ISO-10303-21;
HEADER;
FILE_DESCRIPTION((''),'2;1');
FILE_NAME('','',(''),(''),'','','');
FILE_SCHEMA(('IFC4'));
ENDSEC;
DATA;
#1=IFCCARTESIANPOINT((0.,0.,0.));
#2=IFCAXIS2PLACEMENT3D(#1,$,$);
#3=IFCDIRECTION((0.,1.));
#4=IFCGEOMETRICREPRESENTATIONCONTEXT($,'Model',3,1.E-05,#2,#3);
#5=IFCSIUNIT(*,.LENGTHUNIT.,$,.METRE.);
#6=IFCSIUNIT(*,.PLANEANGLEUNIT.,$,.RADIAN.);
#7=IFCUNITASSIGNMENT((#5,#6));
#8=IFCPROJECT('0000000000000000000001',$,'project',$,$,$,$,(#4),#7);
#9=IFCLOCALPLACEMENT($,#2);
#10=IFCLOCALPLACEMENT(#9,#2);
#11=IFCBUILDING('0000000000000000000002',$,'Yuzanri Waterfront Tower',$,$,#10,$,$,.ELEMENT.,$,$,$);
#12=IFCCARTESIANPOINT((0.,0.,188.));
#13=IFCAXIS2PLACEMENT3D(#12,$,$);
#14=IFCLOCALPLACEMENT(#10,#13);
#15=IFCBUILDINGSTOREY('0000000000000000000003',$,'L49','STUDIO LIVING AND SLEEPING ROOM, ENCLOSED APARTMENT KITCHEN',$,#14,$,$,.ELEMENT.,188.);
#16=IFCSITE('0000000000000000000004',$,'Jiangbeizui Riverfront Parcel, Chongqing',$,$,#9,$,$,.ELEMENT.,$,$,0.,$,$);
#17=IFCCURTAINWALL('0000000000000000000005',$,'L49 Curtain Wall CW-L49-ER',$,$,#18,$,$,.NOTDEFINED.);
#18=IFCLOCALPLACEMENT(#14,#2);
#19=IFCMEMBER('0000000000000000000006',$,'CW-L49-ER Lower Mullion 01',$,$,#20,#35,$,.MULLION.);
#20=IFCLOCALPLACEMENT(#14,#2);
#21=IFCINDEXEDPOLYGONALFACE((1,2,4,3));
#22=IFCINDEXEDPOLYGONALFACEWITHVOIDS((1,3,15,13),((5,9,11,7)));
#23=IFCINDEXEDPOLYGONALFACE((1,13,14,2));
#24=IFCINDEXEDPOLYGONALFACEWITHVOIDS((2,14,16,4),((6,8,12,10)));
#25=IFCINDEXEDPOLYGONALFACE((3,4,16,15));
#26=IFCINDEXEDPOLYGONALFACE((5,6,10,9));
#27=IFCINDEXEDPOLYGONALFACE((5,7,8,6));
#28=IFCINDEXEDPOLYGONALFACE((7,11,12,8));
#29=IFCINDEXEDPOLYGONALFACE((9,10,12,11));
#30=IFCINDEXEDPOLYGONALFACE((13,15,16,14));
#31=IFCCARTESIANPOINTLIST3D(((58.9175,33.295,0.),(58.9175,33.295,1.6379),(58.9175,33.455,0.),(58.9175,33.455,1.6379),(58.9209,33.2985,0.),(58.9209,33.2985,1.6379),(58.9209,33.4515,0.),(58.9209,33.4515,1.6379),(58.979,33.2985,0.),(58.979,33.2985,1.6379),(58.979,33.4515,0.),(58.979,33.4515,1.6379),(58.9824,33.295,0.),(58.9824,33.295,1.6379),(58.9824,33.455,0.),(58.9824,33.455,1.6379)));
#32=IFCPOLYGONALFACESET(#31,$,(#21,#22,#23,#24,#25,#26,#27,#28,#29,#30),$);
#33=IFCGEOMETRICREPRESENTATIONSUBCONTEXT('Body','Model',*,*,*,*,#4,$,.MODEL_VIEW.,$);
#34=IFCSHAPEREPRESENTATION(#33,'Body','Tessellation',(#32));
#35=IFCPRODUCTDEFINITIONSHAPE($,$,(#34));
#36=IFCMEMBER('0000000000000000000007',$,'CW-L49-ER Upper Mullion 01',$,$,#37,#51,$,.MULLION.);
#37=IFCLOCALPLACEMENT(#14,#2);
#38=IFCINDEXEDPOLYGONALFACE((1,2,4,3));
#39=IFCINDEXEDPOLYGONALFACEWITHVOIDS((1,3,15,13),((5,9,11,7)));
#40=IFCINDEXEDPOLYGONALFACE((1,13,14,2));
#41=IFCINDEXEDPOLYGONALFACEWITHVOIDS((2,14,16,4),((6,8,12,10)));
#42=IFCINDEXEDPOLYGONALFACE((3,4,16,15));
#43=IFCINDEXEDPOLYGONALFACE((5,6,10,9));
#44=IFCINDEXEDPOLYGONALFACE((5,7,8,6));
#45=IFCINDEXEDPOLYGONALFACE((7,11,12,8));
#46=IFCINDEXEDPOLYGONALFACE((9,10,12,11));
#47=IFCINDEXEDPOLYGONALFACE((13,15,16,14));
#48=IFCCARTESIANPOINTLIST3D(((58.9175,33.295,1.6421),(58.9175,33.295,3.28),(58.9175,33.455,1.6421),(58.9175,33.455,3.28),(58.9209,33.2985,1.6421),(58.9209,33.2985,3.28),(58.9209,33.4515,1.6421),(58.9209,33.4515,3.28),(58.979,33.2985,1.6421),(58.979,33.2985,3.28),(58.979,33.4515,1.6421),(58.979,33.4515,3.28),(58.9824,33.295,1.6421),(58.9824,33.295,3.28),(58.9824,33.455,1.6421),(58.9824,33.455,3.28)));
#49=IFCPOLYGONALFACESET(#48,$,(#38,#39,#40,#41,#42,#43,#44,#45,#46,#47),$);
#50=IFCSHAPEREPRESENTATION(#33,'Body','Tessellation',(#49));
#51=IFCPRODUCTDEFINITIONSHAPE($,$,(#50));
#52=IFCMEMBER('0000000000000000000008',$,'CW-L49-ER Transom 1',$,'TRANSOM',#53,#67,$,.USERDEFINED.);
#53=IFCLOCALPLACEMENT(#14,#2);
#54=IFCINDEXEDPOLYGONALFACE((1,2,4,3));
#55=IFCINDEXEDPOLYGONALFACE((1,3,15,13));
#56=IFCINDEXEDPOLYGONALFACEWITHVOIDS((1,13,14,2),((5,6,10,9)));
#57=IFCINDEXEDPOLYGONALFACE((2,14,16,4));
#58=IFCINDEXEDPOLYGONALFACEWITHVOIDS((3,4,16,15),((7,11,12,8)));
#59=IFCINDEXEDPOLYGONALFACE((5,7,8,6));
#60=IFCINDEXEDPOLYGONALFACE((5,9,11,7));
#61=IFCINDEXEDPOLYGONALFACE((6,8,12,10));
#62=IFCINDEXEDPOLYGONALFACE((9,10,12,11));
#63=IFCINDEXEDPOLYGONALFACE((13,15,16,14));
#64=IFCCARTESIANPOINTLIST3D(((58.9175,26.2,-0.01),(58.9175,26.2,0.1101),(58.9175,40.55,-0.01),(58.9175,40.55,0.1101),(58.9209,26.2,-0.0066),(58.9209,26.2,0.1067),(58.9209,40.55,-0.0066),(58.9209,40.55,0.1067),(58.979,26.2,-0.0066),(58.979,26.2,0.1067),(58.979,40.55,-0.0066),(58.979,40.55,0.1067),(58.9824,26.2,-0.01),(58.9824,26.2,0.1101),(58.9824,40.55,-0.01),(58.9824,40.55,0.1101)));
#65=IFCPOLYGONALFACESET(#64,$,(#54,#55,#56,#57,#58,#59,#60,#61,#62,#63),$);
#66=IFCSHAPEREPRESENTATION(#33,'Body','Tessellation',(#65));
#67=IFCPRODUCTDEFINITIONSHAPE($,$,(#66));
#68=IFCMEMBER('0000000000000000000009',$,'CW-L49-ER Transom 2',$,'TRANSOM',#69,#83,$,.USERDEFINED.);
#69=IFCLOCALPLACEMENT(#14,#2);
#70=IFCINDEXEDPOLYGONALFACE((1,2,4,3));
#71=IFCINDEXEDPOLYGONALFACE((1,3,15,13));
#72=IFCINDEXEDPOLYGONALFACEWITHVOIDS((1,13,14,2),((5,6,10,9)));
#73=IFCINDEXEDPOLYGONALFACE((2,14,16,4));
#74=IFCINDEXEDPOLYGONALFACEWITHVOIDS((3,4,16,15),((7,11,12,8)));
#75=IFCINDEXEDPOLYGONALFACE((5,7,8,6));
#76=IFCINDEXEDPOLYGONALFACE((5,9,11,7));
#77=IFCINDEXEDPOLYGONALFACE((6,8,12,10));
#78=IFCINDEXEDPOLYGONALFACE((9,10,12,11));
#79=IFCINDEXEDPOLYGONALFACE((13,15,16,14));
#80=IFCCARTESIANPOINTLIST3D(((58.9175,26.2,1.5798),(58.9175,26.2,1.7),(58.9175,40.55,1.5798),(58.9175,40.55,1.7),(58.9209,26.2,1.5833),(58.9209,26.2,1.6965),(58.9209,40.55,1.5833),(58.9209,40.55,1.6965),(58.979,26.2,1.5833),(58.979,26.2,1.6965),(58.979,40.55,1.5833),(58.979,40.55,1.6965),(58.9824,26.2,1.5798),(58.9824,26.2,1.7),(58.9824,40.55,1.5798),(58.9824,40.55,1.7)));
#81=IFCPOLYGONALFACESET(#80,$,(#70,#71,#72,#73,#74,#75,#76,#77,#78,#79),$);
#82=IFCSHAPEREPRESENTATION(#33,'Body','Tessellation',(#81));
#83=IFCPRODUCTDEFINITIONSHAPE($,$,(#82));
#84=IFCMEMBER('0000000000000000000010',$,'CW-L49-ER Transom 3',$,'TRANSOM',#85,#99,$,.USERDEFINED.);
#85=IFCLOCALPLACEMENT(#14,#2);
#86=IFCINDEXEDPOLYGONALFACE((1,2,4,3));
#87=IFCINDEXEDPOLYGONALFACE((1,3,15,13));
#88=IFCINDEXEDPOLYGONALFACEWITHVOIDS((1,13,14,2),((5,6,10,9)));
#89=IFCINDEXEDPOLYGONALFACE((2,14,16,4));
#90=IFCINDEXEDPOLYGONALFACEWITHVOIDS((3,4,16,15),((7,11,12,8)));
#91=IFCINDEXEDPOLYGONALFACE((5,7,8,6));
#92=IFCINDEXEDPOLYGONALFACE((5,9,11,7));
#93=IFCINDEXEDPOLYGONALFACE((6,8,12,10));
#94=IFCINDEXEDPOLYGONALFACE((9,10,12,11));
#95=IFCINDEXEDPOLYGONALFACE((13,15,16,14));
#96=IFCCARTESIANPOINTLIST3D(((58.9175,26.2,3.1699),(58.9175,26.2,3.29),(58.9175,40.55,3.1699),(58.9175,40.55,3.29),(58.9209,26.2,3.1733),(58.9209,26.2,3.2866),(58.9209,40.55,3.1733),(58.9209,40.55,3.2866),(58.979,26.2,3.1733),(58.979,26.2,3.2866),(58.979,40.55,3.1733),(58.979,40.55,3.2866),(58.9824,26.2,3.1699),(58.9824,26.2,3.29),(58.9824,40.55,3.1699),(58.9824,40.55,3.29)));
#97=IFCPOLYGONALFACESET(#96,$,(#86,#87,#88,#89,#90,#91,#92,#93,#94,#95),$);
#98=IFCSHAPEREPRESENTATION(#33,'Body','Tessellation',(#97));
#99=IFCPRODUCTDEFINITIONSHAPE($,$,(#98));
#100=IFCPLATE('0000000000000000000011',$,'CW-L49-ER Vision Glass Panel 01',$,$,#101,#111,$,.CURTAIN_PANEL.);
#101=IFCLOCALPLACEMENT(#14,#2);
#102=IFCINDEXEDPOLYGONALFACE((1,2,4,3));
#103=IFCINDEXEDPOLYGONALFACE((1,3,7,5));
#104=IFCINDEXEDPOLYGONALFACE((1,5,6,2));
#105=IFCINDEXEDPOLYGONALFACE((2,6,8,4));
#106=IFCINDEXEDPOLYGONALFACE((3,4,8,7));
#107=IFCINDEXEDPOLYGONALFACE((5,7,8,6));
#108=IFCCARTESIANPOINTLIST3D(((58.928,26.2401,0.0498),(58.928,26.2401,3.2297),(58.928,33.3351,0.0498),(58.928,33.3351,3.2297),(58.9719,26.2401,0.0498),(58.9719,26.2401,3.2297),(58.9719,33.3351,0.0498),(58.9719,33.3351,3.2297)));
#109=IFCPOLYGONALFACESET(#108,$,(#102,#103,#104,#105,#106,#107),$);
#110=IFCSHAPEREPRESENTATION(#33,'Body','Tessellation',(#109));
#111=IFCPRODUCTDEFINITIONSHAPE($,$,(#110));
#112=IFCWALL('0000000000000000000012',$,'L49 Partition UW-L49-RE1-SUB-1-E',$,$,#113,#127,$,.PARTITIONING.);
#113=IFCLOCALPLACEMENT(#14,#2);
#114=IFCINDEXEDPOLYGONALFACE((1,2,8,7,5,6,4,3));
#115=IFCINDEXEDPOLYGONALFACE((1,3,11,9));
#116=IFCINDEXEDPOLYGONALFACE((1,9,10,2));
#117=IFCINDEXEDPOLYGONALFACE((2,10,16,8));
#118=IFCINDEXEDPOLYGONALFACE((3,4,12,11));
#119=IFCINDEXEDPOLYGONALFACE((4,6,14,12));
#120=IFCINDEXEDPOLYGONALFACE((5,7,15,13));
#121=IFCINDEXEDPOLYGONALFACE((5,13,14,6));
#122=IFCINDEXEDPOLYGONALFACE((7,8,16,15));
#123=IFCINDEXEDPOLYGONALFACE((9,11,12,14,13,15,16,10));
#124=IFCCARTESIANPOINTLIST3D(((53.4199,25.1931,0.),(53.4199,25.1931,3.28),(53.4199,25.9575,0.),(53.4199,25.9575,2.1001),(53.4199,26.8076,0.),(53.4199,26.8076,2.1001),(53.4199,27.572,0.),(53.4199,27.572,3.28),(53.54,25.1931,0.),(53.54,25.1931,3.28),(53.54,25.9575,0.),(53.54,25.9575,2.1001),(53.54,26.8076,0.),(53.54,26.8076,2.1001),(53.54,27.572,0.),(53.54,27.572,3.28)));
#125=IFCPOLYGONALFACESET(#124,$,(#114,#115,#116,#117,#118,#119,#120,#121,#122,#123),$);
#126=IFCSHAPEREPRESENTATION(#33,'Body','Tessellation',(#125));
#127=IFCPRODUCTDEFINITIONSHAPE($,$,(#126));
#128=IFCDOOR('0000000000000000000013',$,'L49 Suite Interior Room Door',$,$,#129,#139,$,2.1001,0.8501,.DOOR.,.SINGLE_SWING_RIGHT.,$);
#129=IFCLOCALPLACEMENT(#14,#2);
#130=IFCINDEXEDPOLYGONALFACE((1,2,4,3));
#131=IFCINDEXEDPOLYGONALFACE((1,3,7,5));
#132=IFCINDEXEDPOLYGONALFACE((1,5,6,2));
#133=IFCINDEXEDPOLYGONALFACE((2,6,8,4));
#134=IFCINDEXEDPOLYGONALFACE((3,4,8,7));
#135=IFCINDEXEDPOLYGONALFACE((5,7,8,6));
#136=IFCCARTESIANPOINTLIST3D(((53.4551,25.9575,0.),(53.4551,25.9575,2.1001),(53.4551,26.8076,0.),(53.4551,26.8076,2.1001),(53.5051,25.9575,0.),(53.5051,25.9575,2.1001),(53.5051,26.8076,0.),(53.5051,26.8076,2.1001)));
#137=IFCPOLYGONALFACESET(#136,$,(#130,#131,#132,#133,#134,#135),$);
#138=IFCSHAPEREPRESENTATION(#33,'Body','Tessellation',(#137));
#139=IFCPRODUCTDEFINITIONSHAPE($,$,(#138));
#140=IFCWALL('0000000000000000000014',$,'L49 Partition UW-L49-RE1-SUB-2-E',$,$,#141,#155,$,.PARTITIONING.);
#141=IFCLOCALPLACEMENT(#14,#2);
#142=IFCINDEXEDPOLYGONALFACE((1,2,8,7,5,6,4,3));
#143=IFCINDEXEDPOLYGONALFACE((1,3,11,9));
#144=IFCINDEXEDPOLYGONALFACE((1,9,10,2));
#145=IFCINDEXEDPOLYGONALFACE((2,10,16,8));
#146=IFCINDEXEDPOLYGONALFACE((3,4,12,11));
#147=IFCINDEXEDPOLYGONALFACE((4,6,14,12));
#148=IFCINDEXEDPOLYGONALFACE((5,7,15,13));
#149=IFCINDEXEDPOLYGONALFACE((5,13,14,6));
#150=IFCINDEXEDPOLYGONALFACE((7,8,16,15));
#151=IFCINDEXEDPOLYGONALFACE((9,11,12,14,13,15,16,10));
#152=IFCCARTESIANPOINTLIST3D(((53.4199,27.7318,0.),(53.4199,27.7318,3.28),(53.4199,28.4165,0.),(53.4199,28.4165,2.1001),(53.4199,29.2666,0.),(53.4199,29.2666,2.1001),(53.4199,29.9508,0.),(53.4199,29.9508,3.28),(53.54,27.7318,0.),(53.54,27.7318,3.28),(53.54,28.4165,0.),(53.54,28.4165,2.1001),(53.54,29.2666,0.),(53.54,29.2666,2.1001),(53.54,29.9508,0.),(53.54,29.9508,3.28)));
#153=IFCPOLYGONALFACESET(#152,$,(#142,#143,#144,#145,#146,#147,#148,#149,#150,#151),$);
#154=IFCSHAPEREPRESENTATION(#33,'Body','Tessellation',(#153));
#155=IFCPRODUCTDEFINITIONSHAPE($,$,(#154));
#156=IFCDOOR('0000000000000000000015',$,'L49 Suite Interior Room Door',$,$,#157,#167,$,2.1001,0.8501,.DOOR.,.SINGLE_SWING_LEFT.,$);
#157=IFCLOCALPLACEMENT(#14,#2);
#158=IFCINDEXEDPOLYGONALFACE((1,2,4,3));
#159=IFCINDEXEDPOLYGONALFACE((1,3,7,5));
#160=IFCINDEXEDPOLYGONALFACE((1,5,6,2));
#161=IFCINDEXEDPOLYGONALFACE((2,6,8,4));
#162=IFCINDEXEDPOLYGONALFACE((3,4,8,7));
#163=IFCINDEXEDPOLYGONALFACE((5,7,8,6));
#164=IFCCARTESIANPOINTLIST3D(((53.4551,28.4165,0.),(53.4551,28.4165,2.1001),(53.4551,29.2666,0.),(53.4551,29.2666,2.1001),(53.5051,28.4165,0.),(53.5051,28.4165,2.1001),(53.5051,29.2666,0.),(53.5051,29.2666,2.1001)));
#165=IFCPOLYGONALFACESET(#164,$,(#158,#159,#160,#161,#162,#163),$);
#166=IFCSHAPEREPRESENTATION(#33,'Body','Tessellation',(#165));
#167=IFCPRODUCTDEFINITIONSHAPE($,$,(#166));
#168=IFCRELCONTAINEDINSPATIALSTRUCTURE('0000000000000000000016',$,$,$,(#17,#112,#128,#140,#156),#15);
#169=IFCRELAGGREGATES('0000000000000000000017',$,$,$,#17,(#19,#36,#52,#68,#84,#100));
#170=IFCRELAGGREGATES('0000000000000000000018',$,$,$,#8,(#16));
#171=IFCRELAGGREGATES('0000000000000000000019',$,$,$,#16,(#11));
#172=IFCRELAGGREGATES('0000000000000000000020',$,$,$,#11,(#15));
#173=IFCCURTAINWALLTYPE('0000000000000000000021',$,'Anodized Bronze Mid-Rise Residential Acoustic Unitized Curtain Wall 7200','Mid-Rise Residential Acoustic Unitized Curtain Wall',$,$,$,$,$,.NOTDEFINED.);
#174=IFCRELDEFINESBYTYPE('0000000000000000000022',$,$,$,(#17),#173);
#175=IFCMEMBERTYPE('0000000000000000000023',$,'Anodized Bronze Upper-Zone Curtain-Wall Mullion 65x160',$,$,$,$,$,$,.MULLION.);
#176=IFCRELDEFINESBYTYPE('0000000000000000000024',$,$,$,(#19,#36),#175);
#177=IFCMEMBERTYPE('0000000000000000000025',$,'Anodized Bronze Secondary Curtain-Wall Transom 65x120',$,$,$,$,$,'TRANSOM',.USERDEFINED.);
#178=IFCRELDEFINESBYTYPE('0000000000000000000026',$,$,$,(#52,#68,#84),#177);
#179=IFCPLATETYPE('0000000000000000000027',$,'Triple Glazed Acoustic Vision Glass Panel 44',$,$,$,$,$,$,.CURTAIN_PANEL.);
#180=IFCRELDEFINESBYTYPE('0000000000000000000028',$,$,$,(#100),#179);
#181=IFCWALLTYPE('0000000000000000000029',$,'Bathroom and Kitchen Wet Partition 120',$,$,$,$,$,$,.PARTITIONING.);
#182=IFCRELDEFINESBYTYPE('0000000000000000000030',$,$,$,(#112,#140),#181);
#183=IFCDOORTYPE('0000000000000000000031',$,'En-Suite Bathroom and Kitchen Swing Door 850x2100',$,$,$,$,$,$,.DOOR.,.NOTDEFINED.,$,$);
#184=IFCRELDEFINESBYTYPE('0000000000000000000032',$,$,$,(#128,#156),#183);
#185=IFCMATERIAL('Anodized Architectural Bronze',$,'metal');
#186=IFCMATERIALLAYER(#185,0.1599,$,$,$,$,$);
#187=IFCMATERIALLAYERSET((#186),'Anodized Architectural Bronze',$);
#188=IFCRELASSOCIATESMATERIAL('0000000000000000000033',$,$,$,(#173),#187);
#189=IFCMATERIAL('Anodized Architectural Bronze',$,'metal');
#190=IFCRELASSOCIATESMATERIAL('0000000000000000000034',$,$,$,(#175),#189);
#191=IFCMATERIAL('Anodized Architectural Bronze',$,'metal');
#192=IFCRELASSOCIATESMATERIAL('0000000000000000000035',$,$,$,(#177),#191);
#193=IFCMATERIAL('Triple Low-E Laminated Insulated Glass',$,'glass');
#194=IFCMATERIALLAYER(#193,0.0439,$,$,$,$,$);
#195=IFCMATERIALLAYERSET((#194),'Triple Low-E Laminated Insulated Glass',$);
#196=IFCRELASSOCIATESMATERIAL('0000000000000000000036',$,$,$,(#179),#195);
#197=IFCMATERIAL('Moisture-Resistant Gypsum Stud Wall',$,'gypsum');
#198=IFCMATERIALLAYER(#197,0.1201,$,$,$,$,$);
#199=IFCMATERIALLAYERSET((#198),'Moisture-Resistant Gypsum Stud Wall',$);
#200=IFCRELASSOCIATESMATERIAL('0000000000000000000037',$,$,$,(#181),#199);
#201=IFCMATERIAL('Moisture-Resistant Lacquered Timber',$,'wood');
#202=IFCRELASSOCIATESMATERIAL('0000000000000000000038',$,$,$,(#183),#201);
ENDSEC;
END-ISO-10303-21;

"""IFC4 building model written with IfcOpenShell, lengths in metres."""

from ifc_helpers import new_model, si_unit, direction, frame, frame_2d, origin, origin_2d, place, context, subcontext, project, spatial, rectangle, hollow_rectangle, extrude, source, transform, mapped, material, layer, layer_set, material_profile, profile_set, type_object, element, fill, aggregate, save


model = new_model("IFC4")

# Units and contexts
model_context = context("Model", 3, precision=1e-05, world=origin(), true_north=direction((0.0, 1.0)))
body_context = subcontext(model_context, "Body", "Model", "MODEL_VIEW")
ifc_project = project(units=[si_unit("LENGTHUNIT", "METRE"), si_unit("PLANEANGLEUNIT", "RADIAN")], contexts=[model_context])

# Site, building, storey
site_placement = place(None, origin())
site = spatial("IfcSite", under=ifc_project, at=site_placement, Name="Jiangbeizui Riverfront Parcel, Chongqing", CompositionType="ELEMENT", RefElevation=0.0)
building_placement = place(site_placement, origin())
building = spatial("IfcBuilding", under=site, at=building_placement, Name="Yuzanri Waterfront Tower", CompositionType="ELEMENT")
storey_placement = place(building_placement, frame((0.0, 0.0, 188.0)))
storey = spatial("IfcBuildingStorey", under=building, at=storey_placement, Name="L49", Description="STUDIO LIVING AND SLEEPING ROOM, ENCLOSED APARTMENT KITCHEN", CompositionType="ELEMENT", Elevation=188.0)

# Shared definitions
ifc_material_1 = material(Name="Anodized Architectural Bronze", Category="metal")
ifc_layer_1 = layer(ifc_material_1, 0.1599)
ifc_layer_set_1 = layer_set([ifc_layer_1], Name="Anodized Architectural Bronze")
curtain_wall_type = type_object("IfcCurtainWallType", Name="Anodized Bronze Mid-Rise Residential Acoustic Unitized Curtain Wall 7200", Description="Mid-Rise Residential Acoustic Unitized Curtain Wall", PredefinedType="NOTDEFINED", material=ifc_layer_set_1)
ifc_material_2 = material(Name="Anodized Architectural Bronze", Category="metal")
ifc_material_profile_1 = material_profile(ifc_material_2, hollow_rectangle(XDim=0.0649, YDim=0.1599, WallThickness=0.0034, at=origin_2d()), Name="CWM 65x160")
ifc_profile_set_1 = profile_set([ifc_material_profile_1], Name="Anodized Architectural Bronze")
member_type_1 = type_object("IfcMemberType", Name="Anodized Bronze Upper-Zone Curtain-Wall Mullion 65x160", PredefinedType="MULLION", material=ifc_profile_set_1)
shared_shape_1 = source(origin(), body_context, "Body", "SweptSolid", [
    extrude(hollow_rectangle(XDim=0.0649, YDim=0.1599, WallThickness=0.0034, at=origin_2d()), origin(), (0.0, 0.0, 1.0), 1.6379),
])

# Curtain wall, members, plate
curtain_wall_1_placement = place(storey_placement, origin())
curtain_wall_1 = element("IfcCurtainWall", 1, at=curtain_wall_1_placement, inside=storey, type_object=curtain_wall_type, Name="L49 Curtain Wall CW-L49-ER", PredefinedType="NOTDEFINED")
member_1_placement = place(storey_placement, frame((58.95, 33.375, 0.0), z_axis=(0.0, 0.0, 1.0), x_axis=(1.0, 0.0, 0.0)))
member_1 = element("IfcMember", 2, at=member_1_placement, type_object=member_type_1, Name="CW-L49-ER Lower Mullion 01", PredefinedType="MULLION", context=body_context, shape_type="MappedRepresentation", body=[
    mapped(shared_shape_1, transform((0.0, 0.0, 0.0), scale=1.0)),
])
member_2_placement = place(storey_placement, frame((58.95, 33.375, 1.6421), z_axis=(0.0, 0.0, 1.0), x_axis=(1.0, 0.0, 0.0)))
member_2 = element("IfcMember", 3, at=member_2_placement, type_object=member_type_1, Name="CW-L49-ER Upper Mullion 01", PredefinedType="MULLION", context=body_context, shape_type="MappedRepresentation", body=[
    mapped(shared_shape_1, transform((0.0, 0.0, 0.0), scale=1.0)),
])
ifc_material_3 = material(Name="Anodized Architectural Bronze", Category="metal")
ifc_material_profile_2 = material_profile(ifc_material_3, hollow_rectangle(XDim=0.0649, YDim=0.1201, WallThickness=0.0034, at=origin_2d()), Name="CWT 65x120")
ifc_profile_set_2 = profile_set([ifc_material_profile_2], Name="Anodized Architectural Bronze")
member_type_2 = type_object("IfcMemberType", Name="Anodized Bronze Secondary Curtain-Wall Transom 65x120", ElementType="TRANSOM", PredefinedType="USERDEFINED", material=ifc_profile_set_2)
shared_shape_2 = source(origin(), body_context, "Body", "SweptSolid", [
    extrude(hollow_rectangle(XDim=0.0649, YDim=0.1201, WallThickness=0.0034, at=origin_2d()), origin(), (0.0, 0.0, 1.0), 14.3501),
])
member_3_placement = place(storey_placement, frame((58.95, 26.2, 0.05), z_axis=(0.0, 1.0, 0.0), x_axis=(-1.0, 0.0, 0.0)))
member_3 = element("IfcMember", 4, at=member_3_placement, type_object=member_type_2, Name="CW-L49-ER Transom 1", ObjectType="TRANSOM", PredefinedType="USERDEFINED", context=body_context, shape_type="MappedRepresentation", body=[
    mapped(shared_shape_2, transform((0.0, 0.0, 0.0), scale=1.0)),
])
member_4_placement = place(storey_placement, frame((58.95, 26.2, 1.6399), z_axis=(0.0, 1.0, 0.0), x_axis=(-1.0, 0.0, 0.0)))
member_4 = element("IfcMember", 5, at=member_4_placement, type_object=member_type_2, Name="CW-L49-ER Transom 2", ObjectType="TRANSOM", PredefinedType="USERDEFINED", context=body_context, shape_type="MappedRepresentation", body=[
    mapped(shared_shape_2, transform((0.0, 0.0, 0.0), scale=1.0)),
])
member_5_placement = place(storey_placement, frame((58.95, 26.2, 3.23), z_axis=(0.0, 1.0, 0.0), x_axis=(-1.0, 0.0, 0.0)))
member_5 = element("IfcMember", 6, at=member_5_placement, type_object=member_type_2, Name="CW-L49-ER Transom 3", ObjectType="TRANSOM", PredefinedType="USERDEFINED", context=body_context, shape_type="MappedRepresentation", body=[
    mapped(shared_shape_2, transform((0.0, 0.0, 0.0), scale=1.0)),
])
ifc_material_4 = material(Name="Triple Low-E Laminated Insulated Glass", Category="glass")
ifc_layer_2 = layer(ifc_material_4, 0.0439)
ifc_layer_set_2 = layer_set([ifc_layer_2], Name="Triple Low-E Laminated Insulated Glass")
plate_type = type_object("IfcPlateType", Name="Triple Glazed Acoustic Vision Glass Panel 44", PredefinedType="CURTAIN_PANEL", material=ifc_layer_set_2)
shared_shape_3 = source(origin(), body_context, "Body", "SweptSolid", [
    extrude(rectangle(XDim=7.095, YDim=0.0439, at=origin_2d()), origin(), (0.0, 0.0, 1.0), 3.1799),
])
plate_placement = place(storey_placement, frame((58.95, 29.7876, 0.0498), z_axis=(0.0, 0.0, 1.0), x_axis=(0.0, 1.0, 0.0)))
plate = element("IfcPlate", 7, at=plate_placement, type_object=plate_type, Name="CW-L49-ER Vision Glass Panel 01", PredefinedType="CURTAIN_PANEL", context=body_context, shape_type="MappedRepresentation", body=[
    mapped(shared_shape_3, transform((0.0, 0.0, 0.0), scale=1.0)),
])
aggregate(curtain_wall_1, [member_1, member_2, member_3, member_4, member_5, plate])

# Walls, openings, doors
ifc_material_5 = material(Name="Moisture-Resistant Gypsum Stud Wall", Category="gypsum")
ifc_layer_3 = layer(ifc_material_5, 0.1201)
ifc_layer_set_3 = layer_set([ifc_layer_3], Name="Moisture-Resistant Gypsum Stud Wall")
wall_type_1 = type_object("IfcWallType", Name="Bathroom and Kitchen Wet Partition 120", PredefinedType="PARTITIONING", material=ifc_layer_set_3)
wall_1_placement = place(storey_placement, frame((53.48, 25.1931, 0.0), z_axis=(0.0, 0.0, 1.0), x_axis=(0.0, 1.0, 0.0)))
wall_1 = element("IfcWall", 8, at=wall_1_placement, inside=storey, type_object=wall_type_1, Name="L49 Partition UW-L49-RE1-SUB-1-E", PredefinedType="PARTITIONING", context=body_context, shape_type="SweptSolid", body=[
    extrude(rectangle(XDim=2.3789, YDim=0.1201, at=frame_2d((1.1895, 0.0))), origin(), (0.0, 0.0, 1.0), 3.28),
])
opening_1_placement = place(wall_1_placement, frame((0.7644, 0.0, 0.0)))
opening_1 = element("IfcOpeningElement", 9, at=opening_1_placement, cuts=wall_1, PredefinedType="OPENING", context=body_context, shape_type="SweptSolid", body=[
    extrude(rectangle(XDim=0.8501, YDim=2.1001, at=frame_2d((0.425, 1.05))), frame((0.0, 0.075, 0.0), z_axis=(0.0, -1.0, 0.0), x_axis=(1.0, 0.0, 0.0)), (0.0, 0.0, 1.0), 0.1499),
])
ifc_material_6 = material(Name="Moisture-Resistant Lacquered Timber", Category="wood")
door_type_1 = type_object("IfcDoorType", Name="En-Suite Bathroom and Kitchen Swing Door 850x2100", OperationType="NOTDEFINED", PredefinedType="DOOR", material=ifc_material_6)
shared_shape_4 = source(origin(), body_context, "Body", "SweptSolid", [
    extrude(rectangle(XDim=0.8501, YDim=2.1001, at=frame_2d((0.425, 1.05))), frame((0.0, 0.0249, 0.0), z_axis=(0.0, -1.0, 0.0), x_axis=(1.0, 0.0, 0.0)), (0.0, 0.0, 1.0), 0.05),
])
door_1_placement = place(opening_1_placement, origin())
door_1 = element("IfcDoor", 10, at=door_1_placement, inside=storey, type_object=door_type_1, Name="L49 Suite Interior Room Door", OperationType="SINGLE_SWING_RIGHT", OverallHeight=2.1001, OverallWidth=0.8501, PredefinedType="DOOR", context=body_context, shape_type="MappedRepresentation", body=[
    mapped(shared_shape_4, transform((0.0, 0.0, 0.0), scale=1.0)),
])
fill(opening_1, door_1)
wall_2_placement = place(storey_placement, frame((53.48, 27.7319, 0.0), z_axis=(0.0, 0.0, 1.0), x_axis=(0.0, 1.0, 0.0)))
wall_2 = element("IfcWall", 11, at=wall_2_placement, inside=storey, type_object=wall_type_1, Name="L49 Partition UW-L49-RE1-SUB-2-E", PredefinedType="PARTITIONING", context=body_context, shape_type="SweptSolid", body=[
    extrude(rectangle(XDim=2.219, YDim=0.1201, at=frame_2d((1.1094, 0.0))), origin(), (0.0, 0.0, 1.0), 3.28),
])
opening_2_placement = place(wall_2_placement, frame((0.6846, 0.0, 0.0)))
opening_2 = element("IfcOpeningElement", 12, at=opening_2_placement, cuts=wall_2, PredefinedType="OPENING", context=body_context, shape_type="SweptSolid", body=[
    extrude(rectangle(XDim=0.8501, YDim=2.1001, at=frame_2d((0.425, 1.05))), frame((0.0, 0.075, 0.0), z_axis=(0.0, -1.0, 0.0), x_axis=(1.0, 0.0, 0.0)), (0.0, 0.0, 1.0), 0.1499),
])
door_2_placement = place(opening_2_placement, origin())
door_2 = element("IfcDoor", 13, at=door_2_placement, inside=storey, type_object=door_type_1, Name="L49 Suite Interior Room Door", OperationType="SINGLE_SWING_LEFT", OverallHeight=2.1001, OverallWidth=0.8501, PredefinedType="DOOR", context=body_context, shape_type="MappedRepresentation", body=[
    mapped(shared_shape_4, transform((0.0, 0.0, 0.0), scale=1.0)),
])
fill(opening_2, door_2)

save(model, "model.ifc")
